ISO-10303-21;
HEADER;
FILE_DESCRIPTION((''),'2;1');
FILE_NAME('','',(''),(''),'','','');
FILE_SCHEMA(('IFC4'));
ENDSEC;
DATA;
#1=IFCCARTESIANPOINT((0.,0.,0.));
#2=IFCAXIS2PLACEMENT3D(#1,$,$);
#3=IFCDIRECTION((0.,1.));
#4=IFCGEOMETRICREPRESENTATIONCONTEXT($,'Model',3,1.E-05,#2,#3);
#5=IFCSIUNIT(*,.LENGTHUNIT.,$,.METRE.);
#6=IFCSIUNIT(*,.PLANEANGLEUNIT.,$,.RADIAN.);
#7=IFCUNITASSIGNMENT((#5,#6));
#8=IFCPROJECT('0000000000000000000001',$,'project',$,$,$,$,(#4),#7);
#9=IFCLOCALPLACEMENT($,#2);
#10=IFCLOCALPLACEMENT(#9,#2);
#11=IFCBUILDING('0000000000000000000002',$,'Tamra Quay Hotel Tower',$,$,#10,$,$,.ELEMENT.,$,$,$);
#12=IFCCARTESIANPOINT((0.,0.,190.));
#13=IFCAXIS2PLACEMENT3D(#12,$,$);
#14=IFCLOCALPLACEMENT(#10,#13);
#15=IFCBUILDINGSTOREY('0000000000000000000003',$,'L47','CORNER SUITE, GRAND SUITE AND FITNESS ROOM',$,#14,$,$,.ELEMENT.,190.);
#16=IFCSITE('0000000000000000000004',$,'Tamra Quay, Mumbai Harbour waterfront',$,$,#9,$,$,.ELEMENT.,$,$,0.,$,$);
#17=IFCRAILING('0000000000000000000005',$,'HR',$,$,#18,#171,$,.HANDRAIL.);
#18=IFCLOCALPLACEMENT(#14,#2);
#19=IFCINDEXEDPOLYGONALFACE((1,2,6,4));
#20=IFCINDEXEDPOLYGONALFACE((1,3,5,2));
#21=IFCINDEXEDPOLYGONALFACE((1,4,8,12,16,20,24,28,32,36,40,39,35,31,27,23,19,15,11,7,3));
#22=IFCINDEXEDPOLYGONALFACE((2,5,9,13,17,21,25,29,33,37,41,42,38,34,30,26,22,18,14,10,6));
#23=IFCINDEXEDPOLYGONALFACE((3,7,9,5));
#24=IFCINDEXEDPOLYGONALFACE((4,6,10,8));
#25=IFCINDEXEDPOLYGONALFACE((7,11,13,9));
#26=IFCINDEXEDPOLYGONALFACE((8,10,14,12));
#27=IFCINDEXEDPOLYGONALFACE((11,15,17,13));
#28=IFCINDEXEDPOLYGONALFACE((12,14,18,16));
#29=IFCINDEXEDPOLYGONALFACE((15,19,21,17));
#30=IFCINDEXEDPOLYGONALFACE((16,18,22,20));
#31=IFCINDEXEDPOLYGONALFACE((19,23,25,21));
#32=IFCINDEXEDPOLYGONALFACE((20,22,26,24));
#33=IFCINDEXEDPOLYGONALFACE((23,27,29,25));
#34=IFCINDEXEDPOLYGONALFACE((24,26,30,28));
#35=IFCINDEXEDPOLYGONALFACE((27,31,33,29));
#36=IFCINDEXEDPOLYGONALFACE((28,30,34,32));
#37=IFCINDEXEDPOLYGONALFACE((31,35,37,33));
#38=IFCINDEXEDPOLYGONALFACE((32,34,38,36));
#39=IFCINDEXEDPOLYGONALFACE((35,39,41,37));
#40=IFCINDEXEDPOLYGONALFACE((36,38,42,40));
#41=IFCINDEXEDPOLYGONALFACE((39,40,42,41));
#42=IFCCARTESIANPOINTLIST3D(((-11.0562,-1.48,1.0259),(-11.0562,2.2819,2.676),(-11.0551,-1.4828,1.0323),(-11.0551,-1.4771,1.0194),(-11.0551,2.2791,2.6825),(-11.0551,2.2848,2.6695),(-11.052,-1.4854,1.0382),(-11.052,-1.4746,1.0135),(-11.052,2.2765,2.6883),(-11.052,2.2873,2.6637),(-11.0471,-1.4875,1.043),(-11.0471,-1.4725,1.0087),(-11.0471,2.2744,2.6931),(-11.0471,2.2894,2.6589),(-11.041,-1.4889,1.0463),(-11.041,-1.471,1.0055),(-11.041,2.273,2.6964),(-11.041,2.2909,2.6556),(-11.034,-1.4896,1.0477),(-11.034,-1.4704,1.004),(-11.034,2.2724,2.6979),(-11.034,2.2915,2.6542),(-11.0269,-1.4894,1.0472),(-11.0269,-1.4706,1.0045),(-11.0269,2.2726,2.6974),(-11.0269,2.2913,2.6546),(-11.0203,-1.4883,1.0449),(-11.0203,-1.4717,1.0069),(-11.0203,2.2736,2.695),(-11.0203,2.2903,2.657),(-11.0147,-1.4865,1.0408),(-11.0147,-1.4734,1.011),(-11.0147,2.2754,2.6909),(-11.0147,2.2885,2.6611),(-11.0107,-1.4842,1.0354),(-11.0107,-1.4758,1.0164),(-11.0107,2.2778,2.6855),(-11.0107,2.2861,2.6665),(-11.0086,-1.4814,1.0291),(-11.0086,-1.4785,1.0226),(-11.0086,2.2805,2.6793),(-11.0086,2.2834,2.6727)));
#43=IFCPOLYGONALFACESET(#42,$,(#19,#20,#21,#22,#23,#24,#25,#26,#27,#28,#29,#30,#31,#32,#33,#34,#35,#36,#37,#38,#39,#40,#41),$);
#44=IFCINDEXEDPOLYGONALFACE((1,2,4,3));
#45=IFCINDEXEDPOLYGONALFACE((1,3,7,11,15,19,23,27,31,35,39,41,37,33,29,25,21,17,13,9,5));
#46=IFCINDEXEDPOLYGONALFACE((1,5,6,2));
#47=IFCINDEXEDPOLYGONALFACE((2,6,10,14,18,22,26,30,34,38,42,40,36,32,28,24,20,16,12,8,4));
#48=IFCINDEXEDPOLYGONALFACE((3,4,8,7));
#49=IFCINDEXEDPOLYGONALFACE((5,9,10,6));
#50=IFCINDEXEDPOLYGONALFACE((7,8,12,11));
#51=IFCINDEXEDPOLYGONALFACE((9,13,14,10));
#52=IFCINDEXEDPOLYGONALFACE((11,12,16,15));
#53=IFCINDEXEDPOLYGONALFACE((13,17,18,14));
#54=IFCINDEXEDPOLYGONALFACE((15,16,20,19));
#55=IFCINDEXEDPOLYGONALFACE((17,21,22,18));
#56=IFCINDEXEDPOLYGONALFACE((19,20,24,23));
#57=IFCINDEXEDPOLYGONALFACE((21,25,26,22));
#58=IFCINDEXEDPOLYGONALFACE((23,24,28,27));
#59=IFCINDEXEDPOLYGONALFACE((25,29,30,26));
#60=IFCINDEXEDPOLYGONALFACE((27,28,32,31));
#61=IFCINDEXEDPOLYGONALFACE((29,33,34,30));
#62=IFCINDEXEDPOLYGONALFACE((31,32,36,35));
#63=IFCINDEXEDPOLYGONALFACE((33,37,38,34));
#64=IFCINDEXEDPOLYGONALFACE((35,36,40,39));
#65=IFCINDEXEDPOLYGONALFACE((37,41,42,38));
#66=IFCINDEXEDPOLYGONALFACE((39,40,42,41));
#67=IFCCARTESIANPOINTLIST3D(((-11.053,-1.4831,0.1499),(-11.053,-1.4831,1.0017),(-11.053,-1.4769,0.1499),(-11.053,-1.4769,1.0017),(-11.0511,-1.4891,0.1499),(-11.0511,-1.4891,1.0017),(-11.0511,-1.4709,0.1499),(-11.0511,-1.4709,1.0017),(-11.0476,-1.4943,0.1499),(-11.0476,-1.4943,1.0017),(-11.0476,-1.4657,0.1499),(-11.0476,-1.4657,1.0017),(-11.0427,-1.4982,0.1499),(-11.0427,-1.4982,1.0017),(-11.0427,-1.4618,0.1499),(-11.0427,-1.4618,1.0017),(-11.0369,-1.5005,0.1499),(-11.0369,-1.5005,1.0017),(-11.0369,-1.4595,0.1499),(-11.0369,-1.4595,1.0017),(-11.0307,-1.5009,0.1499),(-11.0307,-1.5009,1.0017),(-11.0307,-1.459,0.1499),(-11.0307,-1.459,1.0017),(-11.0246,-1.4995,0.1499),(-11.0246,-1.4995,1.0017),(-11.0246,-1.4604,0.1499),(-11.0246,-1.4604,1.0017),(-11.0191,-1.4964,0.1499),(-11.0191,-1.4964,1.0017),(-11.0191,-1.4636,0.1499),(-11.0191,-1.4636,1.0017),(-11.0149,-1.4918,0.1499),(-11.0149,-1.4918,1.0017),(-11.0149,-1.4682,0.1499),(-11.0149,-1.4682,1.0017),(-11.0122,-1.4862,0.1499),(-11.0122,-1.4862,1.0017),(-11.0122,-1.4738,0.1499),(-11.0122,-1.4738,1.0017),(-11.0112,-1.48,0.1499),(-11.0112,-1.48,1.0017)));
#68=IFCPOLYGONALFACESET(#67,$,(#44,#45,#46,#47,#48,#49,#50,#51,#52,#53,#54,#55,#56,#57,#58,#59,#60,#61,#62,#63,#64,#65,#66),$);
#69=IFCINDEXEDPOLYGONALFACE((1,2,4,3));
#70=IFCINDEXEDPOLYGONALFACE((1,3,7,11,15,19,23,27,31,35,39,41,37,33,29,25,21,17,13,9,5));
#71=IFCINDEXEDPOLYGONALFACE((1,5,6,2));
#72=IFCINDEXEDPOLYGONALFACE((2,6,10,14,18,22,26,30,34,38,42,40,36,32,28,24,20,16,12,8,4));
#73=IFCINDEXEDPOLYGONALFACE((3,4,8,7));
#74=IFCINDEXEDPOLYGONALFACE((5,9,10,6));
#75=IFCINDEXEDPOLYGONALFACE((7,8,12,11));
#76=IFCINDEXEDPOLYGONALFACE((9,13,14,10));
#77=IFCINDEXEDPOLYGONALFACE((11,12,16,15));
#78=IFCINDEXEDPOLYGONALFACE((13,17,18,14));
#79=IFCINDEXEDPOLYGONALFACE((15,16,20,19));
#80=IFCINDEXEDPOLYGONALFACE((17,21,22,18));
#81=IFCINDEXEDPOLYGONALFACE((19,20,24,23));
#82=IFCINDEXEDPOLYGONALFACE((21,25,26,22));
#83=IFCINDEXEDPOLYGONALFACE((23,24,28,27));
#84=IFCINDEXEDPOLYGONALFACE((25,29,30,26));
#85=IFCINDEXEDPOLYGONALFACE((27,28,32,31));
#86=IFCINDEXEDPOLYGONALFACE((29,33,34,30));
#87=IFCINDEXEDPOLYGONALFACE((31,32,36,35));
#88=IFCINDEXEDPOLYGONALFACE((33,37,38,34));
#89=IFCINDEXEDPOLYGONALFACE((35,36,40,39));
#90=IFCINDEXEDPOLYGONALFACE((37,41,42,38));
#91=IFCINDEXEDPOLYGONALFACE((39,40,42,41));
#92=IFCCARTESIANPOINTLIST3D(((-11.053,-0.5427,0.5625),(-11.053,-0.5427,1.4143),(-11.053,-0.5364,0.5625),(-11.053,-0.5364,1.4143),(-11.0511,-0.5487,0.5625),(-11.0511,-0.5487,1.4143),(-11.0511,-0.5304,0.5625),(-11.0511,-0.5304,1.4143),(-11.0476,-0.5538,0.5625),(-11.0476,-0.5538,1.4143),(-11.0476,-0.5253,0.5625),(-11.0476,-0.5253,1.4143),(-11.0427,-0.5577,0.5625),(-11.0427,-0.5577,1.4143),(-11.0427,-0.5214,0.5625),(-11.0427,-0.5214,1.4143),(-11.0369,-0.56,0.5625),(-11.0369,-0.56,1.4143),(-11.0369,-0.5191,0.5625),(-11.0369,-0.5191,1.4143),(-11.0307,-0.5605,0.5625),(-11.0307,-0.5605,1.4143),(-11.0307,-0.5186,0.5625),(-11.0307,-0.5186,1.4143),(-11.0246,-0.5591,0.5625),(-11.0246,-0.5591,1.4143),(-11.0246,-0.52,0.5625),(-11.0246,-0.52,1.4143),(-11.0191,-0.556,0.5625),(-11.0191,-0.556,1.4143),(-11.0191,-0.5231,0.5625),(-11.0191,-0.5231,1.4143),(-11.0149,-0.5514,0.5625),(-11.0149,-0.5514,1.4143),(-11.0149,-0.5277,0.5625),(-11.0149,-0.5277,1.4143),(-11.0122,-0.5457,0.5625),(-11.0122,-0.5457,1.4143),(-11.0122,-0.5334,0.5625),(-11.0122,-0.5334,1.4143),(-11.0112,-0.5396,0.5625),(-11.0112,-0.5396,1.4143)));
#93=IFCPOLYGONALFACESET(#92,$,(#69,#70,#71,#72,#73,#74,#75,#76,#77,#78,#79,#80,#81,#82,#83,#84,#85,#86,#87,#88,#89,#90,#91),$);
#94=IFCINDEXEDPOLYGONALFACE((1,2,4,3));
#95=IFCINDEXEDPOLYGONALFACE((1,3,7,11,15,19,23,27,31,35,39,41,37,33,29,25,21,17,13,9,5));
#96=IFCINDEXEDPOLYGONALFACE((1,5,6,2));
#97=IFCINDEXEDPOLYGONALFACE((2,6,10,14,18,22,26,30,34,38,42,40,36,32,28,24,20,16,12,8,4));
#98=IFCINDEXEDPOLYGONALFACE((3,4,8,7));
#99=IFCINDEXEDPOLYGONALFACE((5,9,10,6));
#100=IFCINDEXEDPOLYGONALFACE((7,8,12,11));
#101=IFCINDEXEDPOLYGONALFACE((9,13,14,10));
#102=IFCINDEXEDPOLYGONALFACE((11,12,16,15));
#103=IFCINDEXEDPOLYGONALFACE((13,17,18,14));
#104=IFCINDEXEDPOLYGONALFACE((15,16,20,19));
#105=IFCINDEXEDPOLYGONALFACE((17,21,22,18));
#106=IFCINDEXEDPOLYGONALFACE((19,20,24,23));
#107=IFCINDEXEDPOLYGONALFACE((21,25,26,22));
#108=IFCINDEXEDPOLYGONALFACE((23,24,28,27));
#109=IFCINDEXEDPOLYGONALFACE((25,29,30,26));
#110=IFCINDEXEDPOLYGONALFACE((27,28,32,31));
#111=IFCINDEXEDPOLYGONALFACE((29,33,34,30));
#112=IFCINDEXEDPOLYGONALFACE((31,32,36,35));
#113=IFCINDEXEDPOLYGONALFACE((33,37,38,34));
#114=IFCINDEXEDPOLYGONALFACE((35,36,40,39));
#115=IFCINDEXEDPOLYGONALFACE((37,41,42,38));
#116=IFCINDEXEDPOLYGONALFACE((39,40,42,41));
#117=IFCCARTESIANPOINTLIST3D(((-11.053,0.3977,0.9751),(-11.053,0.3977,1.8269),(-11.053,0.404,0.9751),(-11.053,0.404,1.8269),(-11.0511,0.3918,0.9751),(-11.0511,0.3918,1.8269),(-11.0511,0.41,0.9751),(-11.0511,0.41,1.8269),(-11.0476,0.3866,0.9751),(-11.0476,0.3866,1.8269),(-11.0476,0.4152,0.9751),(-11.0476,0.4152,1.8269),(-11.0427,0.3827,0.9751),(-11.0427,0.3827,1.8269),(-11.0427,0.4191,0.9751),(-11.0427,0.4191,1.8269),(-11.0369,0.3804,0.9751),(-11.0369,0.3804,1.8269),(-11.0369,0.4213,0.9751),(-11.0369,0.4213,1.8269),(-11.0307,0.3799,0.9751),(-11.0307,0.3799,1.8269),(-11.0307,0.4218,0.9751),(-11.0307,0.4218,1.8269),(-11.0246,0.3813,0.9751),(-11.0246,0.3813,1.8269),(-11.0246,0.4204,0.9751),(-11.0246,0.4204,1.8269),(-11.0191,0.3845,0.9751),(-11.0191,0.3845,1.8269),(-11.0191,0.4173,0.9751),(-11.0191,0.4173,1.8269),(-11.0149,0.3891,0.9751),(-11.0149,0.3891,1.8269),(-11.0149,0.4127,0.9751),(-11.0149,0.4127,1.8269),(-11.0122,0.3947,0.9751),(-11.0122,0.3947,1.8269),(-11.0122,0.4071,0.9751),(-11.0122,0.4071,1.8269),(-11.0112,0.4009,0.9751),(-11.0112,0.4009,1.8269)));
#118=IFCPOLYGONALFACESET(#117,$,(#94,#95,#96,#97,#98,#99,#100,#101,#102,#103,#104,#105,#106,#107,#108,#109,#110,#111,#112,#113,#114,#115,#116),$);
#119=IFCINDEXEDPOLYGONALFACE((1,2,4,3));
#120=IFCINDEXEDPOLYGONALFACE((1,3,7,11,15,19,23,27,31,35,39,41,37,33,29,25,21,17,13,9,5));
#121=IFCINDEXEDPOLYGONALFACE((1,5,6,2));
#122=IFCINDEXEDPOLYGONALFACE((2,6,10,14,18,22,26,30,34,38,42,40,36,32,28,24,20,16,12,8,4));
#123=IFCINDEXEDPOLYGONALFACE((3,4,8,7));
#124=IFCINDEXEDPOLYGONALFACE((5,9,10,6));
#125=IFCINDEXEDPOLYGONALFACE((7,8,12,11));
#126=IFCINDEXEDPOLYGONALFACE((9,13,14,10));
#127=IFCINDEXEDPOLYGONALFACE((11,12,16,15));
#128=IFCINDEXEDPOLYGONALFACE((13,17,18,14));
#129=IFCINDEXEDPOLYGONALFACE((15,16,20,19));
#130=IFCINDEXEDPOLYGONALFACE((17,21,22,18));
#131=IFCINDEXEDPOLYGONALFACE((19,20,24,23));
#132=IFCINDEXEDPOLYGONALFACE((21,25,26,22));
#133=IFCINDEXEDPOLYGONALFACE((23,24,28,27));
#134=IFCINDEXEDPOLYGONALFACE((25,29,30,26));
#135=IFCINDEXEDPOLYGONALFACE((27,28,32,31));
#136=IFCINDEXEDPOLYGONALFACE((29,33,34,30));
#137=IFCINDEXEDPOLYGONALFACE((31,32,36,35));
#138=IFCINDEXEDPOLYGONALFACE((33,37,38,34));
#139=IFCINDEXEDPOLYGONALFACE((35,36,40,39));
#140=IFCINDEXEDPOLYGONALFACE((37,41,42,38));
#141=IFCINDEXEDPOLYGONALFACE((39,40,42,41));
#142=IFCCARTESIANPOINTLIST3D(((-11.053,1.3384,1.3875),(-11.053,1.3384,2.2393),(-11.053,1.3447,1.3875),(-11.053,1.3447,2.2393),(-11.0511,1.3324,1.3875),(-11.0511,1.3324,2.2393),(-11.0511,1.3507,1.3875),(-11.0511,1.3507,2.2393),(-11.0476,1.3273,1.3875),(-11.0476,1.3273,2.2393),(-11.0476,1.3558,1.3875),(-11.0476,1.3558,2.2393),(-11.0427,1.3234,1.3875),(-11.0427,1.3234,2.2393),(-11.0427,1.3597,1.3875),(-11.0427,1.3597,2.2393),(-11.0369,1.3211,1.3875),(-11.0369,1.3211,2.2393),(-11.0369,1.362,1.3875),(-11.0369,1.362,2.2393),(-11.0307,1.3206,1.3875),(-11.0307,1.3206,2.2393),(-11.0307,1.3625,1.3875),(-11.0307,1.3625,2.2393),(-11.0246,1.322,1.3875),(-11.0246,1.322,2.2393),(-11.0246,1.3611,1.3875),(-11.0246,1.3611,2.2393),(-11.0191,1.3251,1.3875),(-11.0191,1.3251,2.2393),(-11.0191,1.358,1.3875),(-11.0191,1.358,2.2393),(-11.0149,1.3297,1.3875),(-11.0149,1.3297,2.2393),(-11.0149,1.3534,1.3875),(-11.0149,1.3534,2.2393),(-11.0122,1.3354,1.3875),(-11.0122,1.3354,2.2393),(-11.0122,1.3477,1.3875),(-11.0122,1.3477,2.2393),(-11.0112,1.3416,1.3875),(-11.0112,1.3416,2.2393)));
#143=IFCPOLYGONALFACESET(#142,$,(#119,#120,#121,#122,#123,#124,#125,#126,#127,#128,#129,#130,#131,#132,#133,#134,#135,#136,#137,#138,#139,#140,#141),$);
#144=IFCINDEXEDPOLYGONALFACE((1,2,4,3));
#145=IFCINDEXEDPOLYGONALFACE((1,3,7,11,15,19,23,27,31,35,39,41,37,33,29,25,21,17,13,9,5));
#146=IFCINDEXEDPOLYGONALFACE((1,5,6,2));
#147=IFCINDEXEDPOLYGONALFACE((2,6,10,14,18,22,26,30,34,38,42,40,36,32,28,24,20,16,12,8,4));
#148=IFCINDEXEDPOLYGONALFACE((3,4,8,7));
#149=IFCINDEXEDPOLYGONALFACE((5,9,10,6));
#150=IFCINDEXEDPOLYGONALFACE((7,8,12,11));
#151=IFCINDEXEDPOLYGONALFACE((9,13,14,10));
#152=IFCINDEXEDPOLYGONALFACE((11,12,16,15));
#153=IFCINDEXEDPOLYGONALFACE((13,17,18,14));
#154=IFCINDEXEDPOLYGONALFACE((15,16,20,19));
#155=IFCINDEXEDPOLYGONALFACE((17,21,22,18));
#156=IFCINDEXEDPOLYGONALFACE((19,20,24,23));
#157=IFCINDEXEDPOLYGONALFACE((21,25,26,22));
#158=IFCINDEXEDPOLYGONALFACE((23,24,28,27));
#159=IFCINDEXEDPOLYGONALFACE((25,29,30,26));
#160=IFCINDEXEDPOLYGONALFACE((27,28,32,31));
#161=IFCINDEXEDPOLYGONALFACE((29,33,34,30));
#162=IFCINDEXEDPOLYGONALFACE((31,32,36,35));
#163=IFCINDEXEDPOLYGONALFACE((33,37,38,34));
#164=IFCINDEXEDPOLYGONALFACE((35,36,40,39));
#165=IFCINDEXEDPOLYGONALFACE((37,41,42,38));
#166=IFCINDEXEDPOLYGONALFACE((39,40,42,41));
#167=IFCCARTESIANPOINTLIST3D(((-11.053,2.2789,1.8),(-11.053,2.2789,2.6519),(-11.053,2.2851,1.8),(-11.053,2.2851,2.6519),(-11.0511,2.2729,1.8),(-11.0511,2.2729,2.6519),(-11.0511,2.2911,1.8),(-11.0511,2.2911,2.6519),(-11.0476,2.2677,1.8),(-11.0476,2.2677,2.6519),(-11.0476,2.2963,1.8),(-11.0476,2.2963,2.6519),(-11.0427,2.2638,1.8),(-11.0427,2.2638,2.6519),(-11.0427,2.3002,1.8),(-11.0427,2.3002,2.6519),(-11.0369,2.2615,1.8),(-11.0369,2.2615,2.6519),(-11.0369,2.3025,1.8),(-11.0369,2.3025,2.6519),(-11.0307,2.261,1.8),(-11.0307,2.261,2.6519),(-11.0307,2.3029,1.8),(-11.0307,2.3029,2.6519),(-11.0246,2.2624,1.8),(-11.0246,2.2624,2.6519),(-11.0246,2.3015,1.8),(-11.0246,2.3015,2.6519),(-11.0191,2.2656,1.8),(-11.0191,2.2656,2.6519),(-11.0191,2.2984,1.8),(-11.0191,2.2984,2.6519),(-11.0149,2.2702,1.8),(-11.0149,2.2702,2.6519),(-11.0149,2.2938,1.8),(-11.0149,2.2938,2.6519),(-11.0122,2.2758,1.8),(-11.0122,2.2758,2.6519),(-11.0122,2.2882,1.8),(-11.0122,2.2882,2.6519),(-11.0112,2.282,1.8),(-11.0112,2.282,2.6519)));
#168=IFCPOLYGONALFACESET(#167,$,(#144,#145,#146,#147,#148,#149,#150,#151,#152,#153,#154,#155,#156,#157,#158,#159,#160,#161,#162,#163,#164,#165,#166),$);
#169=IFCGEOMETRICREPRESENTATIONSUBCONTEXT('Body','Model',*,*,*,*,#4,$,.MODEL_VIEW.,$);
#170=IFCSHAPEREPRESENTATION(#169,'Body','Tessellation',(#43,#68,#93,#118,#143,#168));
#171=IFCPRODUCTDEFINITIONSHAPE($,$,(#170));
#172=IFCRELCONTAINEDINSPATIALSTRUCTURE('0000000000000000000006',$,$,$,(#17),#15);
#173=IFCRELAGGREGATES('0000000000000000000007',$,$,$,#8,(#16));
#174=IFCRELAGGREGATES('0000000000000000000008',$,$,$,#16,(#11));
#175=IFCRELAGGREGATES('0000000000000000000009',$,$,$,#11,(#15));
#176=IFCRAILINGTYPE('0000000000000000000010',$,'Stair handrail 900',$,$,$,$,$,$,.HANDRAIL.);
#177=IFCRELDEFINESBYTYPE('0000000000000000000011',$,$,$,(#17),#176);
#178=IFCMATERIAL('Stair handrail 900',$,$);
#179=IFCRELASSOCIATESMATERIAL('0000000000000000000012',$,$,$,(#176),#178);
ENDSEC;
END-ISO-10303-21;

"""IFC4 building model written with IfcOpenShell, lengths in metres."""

from ifc_helpers import new_model, si_unit, direction, frame, origin, origin_2d, place, context, subcontext, project, spatial, circle, extrude, material, type_object, element, save


model = new_model("IFC4")

# Units and contexts
model_context = context("Model", 3, precision=1e-05, world=origin(), true_north=direction((0.0, 1.0)))
body_context = subcontext(model_context, "Body", "Model", "MODEL_VIEW")
ifc_project = project(units=[si_unit("LENGTHUNIT", "METRE"), si_unit("PLANEANGLEUNIT", "RADIAN")], contexts=[model_context])

# Site, building, storey
site_placement = place(None, origin())
site = spatial("IfcSite", under=ifc_project, at=site_placement, Name="Tamra Quay, Mumbai Harbour waterfront", CompositionType="ELEMENT", RefElevation=0.0)
building_placement = place(site_placement, origin())
building = spatial("IfcBuilding", under=site, at=building_placement, Name="Tamra Quay Hotel Tower", CompositionType="ELEMENT")
storey_placement = place(building_placement, frame((0.0, 0.0, 190.0)))
storey = spatial("IfcBuildingStorey", under=building, at=storey_placement, Name="L47", Description="CORNER SUITE, GRAND SUITE AND FITNESS ROOM", CompositionType="ELEMENT", Elevation=190.0)

# Railing
ifc_material_1 = material(Name="Stair handrail 900")
railing_type_1 = type_object("IfcRailingType", Name="Stair handrail 900", PredefinedType="HANDRAIL", material=ifc_material_1)
railing_1_placement = place(storey_placement, frame((-11.0322, -1.48, 0.1499)))
element("IfcRailing", 1, at=railing_1_placement, inside=storey, type_object=railing_type_1, Name="HR", PredefinedType="HANDRAIL", context=body_context, shape_type="SweptSolid", body=[
    extrude(circle(Radius=0.0239, at=origin_2d()), frame((0.0, 0.0, 0.876), z_axis=(0.0, 0.915774, 0.401695), x_axis=(-1.0, 0.0, 0.0)), (0.0, 0.0, 1.0), 4.1079),
    extrude(circle(Radius=0.021, at=origin_2d()), origin(), (0.0, 0.0, 1.0), 0.8518),
    extrude(circle(Radius=0.021, at=origin_2d()), frame((0.0, 0.9404, 0.4126)), (0.0, 0.0, 1.0), 0.8518),
    extrude(circle(Radius=0.021, at=origin_2d()), frame((0.0, 1.8809, 0.8252)), (0.0, 0.0, 1.0), 0.8518),
    extrude(circle(Radius=0.021, at=origin_2d()), frame((0.0, 2.8215, 1.2375)), (0.0, 0.0, 1.0), 0.8518),
    extrude(circle(Radius=0.021, at=origin_2d()), frame((0.0, 3.762, 1.6501)), (0.0, 0.0, 1.0), 0.8518),
])

save(model, "model.ifc")
